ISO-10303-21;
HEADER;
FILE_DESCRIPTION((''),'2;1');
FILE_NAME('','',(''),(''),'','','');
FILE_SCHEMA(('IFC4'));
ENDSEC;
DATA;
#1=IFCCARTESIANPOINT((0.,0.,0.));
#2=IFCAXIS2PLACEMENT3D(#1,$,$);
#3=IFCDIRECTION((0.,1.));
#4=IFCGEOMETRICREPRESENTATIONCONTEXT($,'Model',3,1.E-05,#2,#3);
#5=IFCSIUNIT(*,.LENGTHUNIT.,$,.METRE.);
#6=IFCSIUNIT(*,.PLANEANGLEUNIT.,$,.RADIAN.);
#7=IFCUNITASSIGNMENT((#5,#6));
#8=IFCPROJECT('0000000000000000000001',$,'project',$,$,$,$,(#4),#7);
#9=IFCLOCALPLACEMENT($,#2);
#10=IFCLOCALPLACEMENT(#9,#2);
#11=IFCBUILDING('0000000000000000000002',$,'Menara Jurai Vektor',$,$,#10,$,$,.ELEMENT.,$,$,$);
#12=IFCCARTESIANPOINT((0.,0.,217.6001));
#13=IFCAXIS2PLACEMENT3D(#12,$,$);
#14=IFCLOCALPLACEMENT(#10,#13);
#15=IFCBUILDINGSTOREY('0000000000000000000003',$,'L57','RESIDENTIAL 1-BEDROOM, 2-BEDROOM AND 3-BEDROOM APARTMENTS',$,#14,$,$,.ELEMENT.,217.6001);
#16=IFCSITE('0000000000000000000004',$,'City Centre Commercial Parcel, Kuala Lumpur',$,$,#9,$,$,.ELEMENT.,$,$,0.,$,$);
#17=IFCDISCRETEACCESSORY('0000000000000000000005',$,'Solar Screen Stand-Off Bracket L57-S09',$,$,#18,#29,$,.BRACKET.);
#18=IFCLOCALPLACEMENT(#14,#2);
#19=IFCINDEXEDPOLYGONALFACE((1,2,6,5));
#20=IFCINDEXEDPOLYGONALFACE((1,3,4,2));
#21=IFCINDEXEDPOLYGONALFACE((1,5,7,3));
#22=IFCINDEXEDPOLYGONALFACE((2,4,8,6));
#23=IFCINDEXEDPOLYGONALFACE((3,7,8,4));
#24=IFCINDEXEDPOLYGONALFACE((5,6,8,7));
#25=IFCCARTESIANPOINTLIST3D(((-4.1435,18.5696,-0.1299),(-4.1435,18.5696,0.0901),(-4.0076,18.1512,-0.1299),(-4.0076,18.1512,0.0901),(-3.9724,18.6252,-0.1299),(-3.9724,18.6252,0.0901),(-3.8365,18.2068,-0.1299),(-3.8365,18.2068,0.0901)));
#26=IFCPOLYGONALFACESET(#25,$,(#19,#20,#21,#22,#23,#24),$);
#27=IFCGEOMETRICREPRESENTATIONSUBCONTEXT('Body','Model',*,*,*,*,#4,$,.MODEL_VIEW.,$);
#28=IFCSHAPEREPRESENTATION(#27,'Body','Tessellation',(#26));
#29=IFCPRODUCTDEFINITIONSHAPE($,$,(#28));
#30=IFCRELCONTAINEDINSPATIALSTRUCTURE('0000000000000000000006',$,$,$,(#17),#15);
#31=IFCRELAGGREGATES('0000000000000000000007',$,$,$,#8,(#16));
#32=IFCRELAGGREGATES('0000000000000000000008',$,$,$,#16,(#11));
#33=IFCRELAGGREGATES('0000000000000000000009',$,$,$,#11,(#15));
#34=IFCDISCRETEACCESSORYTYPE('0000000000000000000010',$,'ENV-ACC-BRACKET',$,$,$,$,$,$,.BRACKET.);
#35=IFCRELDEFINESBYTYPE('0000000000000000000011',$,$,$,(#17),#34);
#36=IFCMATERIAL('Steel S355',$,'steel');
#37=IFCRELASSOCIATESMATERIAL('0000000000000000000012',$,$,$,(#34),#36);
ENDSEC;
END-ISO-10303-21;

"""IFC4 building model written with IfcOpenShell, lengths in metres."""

from ifc_helpers import new_model, si_unit, direction, frame, origin, origin_2d, place, context, subcontext, project, spatial, rectangle, extrude, material, type_object, element, save


model = new_model("IFC4")

# Units and contexts
model_context = context("Model", 3, precision=1e-05, world=origin(), true_north=direction((0.0, 1.0)))
body_context = subcontext(model_context, "Body", "Model", "MODEL_VIEW")
ifc_project = project(units=[si_unit("LENGTHUNIT", "METRE"), si_unit("PLANEANGLEUNIT", "RADIAN")], contexts=[model_context])

# Site, building, storey
site_placement = place(None, origin())
site = spatial("IfcSite", under=ifc_project, at=site_placement, Name="City Centre Commercial Parcel, Kuala Lumpur", CompositionType="ELEMENT", RefElevation=0.0)
building_placement = place(site_placement, origin())
building = spatial("IfcBuilding", under=site, at=building_placement, Name="Menara Jurai Vektor", CompositionType="ELEMENT")
storey_placement = place(building_placement, frame((0.0, 0.0, 217.6001)))
storey = spatial("IfcBuildingStorey", under=building, at=storey_placement, Name="L57", Description="RESIDENTIAL 1-BEDROOM, 2-BEDROOM AND 3-BEDROOM APARTMENTS", CompositionType="ELEMENT", Elevation=217.6001)

# Shared definitions
ifc_material_1 = material(Name="Steel S355", Category="steel")

# Discrete accessory
discrete_accessory_type = type_object("IfcDiscreteAccessoryType", Name="ENV-ACC-BRACKET", PredefinedType="BRACKET", material=ifc_material_1)
discrete_accessory_placement = place(storey_placement, frame((-3.99, 18.3882, -0.1299), z_axis=(0.0, 0.0, 1.0), x_axis=(-0.951057, -0.309017, 0.0)))
element("IfcDiscreteAccessory", 1, at=discrete_accessory_placement, inside=storey, type_object=discrete_accessory_type, Name="Solar Screen Stand-Off Bracket L57-S09", PredefinedType="BRACKET", context=body_context, shape_type="SweptSolid", body=[
    extrude(rectangle(XDim=0.1799, YDim=0.4399, at=origin_2d()), origin(), (0.0, 0.0, 1.0), 0.22),
])

save(model, "model.ifc")
